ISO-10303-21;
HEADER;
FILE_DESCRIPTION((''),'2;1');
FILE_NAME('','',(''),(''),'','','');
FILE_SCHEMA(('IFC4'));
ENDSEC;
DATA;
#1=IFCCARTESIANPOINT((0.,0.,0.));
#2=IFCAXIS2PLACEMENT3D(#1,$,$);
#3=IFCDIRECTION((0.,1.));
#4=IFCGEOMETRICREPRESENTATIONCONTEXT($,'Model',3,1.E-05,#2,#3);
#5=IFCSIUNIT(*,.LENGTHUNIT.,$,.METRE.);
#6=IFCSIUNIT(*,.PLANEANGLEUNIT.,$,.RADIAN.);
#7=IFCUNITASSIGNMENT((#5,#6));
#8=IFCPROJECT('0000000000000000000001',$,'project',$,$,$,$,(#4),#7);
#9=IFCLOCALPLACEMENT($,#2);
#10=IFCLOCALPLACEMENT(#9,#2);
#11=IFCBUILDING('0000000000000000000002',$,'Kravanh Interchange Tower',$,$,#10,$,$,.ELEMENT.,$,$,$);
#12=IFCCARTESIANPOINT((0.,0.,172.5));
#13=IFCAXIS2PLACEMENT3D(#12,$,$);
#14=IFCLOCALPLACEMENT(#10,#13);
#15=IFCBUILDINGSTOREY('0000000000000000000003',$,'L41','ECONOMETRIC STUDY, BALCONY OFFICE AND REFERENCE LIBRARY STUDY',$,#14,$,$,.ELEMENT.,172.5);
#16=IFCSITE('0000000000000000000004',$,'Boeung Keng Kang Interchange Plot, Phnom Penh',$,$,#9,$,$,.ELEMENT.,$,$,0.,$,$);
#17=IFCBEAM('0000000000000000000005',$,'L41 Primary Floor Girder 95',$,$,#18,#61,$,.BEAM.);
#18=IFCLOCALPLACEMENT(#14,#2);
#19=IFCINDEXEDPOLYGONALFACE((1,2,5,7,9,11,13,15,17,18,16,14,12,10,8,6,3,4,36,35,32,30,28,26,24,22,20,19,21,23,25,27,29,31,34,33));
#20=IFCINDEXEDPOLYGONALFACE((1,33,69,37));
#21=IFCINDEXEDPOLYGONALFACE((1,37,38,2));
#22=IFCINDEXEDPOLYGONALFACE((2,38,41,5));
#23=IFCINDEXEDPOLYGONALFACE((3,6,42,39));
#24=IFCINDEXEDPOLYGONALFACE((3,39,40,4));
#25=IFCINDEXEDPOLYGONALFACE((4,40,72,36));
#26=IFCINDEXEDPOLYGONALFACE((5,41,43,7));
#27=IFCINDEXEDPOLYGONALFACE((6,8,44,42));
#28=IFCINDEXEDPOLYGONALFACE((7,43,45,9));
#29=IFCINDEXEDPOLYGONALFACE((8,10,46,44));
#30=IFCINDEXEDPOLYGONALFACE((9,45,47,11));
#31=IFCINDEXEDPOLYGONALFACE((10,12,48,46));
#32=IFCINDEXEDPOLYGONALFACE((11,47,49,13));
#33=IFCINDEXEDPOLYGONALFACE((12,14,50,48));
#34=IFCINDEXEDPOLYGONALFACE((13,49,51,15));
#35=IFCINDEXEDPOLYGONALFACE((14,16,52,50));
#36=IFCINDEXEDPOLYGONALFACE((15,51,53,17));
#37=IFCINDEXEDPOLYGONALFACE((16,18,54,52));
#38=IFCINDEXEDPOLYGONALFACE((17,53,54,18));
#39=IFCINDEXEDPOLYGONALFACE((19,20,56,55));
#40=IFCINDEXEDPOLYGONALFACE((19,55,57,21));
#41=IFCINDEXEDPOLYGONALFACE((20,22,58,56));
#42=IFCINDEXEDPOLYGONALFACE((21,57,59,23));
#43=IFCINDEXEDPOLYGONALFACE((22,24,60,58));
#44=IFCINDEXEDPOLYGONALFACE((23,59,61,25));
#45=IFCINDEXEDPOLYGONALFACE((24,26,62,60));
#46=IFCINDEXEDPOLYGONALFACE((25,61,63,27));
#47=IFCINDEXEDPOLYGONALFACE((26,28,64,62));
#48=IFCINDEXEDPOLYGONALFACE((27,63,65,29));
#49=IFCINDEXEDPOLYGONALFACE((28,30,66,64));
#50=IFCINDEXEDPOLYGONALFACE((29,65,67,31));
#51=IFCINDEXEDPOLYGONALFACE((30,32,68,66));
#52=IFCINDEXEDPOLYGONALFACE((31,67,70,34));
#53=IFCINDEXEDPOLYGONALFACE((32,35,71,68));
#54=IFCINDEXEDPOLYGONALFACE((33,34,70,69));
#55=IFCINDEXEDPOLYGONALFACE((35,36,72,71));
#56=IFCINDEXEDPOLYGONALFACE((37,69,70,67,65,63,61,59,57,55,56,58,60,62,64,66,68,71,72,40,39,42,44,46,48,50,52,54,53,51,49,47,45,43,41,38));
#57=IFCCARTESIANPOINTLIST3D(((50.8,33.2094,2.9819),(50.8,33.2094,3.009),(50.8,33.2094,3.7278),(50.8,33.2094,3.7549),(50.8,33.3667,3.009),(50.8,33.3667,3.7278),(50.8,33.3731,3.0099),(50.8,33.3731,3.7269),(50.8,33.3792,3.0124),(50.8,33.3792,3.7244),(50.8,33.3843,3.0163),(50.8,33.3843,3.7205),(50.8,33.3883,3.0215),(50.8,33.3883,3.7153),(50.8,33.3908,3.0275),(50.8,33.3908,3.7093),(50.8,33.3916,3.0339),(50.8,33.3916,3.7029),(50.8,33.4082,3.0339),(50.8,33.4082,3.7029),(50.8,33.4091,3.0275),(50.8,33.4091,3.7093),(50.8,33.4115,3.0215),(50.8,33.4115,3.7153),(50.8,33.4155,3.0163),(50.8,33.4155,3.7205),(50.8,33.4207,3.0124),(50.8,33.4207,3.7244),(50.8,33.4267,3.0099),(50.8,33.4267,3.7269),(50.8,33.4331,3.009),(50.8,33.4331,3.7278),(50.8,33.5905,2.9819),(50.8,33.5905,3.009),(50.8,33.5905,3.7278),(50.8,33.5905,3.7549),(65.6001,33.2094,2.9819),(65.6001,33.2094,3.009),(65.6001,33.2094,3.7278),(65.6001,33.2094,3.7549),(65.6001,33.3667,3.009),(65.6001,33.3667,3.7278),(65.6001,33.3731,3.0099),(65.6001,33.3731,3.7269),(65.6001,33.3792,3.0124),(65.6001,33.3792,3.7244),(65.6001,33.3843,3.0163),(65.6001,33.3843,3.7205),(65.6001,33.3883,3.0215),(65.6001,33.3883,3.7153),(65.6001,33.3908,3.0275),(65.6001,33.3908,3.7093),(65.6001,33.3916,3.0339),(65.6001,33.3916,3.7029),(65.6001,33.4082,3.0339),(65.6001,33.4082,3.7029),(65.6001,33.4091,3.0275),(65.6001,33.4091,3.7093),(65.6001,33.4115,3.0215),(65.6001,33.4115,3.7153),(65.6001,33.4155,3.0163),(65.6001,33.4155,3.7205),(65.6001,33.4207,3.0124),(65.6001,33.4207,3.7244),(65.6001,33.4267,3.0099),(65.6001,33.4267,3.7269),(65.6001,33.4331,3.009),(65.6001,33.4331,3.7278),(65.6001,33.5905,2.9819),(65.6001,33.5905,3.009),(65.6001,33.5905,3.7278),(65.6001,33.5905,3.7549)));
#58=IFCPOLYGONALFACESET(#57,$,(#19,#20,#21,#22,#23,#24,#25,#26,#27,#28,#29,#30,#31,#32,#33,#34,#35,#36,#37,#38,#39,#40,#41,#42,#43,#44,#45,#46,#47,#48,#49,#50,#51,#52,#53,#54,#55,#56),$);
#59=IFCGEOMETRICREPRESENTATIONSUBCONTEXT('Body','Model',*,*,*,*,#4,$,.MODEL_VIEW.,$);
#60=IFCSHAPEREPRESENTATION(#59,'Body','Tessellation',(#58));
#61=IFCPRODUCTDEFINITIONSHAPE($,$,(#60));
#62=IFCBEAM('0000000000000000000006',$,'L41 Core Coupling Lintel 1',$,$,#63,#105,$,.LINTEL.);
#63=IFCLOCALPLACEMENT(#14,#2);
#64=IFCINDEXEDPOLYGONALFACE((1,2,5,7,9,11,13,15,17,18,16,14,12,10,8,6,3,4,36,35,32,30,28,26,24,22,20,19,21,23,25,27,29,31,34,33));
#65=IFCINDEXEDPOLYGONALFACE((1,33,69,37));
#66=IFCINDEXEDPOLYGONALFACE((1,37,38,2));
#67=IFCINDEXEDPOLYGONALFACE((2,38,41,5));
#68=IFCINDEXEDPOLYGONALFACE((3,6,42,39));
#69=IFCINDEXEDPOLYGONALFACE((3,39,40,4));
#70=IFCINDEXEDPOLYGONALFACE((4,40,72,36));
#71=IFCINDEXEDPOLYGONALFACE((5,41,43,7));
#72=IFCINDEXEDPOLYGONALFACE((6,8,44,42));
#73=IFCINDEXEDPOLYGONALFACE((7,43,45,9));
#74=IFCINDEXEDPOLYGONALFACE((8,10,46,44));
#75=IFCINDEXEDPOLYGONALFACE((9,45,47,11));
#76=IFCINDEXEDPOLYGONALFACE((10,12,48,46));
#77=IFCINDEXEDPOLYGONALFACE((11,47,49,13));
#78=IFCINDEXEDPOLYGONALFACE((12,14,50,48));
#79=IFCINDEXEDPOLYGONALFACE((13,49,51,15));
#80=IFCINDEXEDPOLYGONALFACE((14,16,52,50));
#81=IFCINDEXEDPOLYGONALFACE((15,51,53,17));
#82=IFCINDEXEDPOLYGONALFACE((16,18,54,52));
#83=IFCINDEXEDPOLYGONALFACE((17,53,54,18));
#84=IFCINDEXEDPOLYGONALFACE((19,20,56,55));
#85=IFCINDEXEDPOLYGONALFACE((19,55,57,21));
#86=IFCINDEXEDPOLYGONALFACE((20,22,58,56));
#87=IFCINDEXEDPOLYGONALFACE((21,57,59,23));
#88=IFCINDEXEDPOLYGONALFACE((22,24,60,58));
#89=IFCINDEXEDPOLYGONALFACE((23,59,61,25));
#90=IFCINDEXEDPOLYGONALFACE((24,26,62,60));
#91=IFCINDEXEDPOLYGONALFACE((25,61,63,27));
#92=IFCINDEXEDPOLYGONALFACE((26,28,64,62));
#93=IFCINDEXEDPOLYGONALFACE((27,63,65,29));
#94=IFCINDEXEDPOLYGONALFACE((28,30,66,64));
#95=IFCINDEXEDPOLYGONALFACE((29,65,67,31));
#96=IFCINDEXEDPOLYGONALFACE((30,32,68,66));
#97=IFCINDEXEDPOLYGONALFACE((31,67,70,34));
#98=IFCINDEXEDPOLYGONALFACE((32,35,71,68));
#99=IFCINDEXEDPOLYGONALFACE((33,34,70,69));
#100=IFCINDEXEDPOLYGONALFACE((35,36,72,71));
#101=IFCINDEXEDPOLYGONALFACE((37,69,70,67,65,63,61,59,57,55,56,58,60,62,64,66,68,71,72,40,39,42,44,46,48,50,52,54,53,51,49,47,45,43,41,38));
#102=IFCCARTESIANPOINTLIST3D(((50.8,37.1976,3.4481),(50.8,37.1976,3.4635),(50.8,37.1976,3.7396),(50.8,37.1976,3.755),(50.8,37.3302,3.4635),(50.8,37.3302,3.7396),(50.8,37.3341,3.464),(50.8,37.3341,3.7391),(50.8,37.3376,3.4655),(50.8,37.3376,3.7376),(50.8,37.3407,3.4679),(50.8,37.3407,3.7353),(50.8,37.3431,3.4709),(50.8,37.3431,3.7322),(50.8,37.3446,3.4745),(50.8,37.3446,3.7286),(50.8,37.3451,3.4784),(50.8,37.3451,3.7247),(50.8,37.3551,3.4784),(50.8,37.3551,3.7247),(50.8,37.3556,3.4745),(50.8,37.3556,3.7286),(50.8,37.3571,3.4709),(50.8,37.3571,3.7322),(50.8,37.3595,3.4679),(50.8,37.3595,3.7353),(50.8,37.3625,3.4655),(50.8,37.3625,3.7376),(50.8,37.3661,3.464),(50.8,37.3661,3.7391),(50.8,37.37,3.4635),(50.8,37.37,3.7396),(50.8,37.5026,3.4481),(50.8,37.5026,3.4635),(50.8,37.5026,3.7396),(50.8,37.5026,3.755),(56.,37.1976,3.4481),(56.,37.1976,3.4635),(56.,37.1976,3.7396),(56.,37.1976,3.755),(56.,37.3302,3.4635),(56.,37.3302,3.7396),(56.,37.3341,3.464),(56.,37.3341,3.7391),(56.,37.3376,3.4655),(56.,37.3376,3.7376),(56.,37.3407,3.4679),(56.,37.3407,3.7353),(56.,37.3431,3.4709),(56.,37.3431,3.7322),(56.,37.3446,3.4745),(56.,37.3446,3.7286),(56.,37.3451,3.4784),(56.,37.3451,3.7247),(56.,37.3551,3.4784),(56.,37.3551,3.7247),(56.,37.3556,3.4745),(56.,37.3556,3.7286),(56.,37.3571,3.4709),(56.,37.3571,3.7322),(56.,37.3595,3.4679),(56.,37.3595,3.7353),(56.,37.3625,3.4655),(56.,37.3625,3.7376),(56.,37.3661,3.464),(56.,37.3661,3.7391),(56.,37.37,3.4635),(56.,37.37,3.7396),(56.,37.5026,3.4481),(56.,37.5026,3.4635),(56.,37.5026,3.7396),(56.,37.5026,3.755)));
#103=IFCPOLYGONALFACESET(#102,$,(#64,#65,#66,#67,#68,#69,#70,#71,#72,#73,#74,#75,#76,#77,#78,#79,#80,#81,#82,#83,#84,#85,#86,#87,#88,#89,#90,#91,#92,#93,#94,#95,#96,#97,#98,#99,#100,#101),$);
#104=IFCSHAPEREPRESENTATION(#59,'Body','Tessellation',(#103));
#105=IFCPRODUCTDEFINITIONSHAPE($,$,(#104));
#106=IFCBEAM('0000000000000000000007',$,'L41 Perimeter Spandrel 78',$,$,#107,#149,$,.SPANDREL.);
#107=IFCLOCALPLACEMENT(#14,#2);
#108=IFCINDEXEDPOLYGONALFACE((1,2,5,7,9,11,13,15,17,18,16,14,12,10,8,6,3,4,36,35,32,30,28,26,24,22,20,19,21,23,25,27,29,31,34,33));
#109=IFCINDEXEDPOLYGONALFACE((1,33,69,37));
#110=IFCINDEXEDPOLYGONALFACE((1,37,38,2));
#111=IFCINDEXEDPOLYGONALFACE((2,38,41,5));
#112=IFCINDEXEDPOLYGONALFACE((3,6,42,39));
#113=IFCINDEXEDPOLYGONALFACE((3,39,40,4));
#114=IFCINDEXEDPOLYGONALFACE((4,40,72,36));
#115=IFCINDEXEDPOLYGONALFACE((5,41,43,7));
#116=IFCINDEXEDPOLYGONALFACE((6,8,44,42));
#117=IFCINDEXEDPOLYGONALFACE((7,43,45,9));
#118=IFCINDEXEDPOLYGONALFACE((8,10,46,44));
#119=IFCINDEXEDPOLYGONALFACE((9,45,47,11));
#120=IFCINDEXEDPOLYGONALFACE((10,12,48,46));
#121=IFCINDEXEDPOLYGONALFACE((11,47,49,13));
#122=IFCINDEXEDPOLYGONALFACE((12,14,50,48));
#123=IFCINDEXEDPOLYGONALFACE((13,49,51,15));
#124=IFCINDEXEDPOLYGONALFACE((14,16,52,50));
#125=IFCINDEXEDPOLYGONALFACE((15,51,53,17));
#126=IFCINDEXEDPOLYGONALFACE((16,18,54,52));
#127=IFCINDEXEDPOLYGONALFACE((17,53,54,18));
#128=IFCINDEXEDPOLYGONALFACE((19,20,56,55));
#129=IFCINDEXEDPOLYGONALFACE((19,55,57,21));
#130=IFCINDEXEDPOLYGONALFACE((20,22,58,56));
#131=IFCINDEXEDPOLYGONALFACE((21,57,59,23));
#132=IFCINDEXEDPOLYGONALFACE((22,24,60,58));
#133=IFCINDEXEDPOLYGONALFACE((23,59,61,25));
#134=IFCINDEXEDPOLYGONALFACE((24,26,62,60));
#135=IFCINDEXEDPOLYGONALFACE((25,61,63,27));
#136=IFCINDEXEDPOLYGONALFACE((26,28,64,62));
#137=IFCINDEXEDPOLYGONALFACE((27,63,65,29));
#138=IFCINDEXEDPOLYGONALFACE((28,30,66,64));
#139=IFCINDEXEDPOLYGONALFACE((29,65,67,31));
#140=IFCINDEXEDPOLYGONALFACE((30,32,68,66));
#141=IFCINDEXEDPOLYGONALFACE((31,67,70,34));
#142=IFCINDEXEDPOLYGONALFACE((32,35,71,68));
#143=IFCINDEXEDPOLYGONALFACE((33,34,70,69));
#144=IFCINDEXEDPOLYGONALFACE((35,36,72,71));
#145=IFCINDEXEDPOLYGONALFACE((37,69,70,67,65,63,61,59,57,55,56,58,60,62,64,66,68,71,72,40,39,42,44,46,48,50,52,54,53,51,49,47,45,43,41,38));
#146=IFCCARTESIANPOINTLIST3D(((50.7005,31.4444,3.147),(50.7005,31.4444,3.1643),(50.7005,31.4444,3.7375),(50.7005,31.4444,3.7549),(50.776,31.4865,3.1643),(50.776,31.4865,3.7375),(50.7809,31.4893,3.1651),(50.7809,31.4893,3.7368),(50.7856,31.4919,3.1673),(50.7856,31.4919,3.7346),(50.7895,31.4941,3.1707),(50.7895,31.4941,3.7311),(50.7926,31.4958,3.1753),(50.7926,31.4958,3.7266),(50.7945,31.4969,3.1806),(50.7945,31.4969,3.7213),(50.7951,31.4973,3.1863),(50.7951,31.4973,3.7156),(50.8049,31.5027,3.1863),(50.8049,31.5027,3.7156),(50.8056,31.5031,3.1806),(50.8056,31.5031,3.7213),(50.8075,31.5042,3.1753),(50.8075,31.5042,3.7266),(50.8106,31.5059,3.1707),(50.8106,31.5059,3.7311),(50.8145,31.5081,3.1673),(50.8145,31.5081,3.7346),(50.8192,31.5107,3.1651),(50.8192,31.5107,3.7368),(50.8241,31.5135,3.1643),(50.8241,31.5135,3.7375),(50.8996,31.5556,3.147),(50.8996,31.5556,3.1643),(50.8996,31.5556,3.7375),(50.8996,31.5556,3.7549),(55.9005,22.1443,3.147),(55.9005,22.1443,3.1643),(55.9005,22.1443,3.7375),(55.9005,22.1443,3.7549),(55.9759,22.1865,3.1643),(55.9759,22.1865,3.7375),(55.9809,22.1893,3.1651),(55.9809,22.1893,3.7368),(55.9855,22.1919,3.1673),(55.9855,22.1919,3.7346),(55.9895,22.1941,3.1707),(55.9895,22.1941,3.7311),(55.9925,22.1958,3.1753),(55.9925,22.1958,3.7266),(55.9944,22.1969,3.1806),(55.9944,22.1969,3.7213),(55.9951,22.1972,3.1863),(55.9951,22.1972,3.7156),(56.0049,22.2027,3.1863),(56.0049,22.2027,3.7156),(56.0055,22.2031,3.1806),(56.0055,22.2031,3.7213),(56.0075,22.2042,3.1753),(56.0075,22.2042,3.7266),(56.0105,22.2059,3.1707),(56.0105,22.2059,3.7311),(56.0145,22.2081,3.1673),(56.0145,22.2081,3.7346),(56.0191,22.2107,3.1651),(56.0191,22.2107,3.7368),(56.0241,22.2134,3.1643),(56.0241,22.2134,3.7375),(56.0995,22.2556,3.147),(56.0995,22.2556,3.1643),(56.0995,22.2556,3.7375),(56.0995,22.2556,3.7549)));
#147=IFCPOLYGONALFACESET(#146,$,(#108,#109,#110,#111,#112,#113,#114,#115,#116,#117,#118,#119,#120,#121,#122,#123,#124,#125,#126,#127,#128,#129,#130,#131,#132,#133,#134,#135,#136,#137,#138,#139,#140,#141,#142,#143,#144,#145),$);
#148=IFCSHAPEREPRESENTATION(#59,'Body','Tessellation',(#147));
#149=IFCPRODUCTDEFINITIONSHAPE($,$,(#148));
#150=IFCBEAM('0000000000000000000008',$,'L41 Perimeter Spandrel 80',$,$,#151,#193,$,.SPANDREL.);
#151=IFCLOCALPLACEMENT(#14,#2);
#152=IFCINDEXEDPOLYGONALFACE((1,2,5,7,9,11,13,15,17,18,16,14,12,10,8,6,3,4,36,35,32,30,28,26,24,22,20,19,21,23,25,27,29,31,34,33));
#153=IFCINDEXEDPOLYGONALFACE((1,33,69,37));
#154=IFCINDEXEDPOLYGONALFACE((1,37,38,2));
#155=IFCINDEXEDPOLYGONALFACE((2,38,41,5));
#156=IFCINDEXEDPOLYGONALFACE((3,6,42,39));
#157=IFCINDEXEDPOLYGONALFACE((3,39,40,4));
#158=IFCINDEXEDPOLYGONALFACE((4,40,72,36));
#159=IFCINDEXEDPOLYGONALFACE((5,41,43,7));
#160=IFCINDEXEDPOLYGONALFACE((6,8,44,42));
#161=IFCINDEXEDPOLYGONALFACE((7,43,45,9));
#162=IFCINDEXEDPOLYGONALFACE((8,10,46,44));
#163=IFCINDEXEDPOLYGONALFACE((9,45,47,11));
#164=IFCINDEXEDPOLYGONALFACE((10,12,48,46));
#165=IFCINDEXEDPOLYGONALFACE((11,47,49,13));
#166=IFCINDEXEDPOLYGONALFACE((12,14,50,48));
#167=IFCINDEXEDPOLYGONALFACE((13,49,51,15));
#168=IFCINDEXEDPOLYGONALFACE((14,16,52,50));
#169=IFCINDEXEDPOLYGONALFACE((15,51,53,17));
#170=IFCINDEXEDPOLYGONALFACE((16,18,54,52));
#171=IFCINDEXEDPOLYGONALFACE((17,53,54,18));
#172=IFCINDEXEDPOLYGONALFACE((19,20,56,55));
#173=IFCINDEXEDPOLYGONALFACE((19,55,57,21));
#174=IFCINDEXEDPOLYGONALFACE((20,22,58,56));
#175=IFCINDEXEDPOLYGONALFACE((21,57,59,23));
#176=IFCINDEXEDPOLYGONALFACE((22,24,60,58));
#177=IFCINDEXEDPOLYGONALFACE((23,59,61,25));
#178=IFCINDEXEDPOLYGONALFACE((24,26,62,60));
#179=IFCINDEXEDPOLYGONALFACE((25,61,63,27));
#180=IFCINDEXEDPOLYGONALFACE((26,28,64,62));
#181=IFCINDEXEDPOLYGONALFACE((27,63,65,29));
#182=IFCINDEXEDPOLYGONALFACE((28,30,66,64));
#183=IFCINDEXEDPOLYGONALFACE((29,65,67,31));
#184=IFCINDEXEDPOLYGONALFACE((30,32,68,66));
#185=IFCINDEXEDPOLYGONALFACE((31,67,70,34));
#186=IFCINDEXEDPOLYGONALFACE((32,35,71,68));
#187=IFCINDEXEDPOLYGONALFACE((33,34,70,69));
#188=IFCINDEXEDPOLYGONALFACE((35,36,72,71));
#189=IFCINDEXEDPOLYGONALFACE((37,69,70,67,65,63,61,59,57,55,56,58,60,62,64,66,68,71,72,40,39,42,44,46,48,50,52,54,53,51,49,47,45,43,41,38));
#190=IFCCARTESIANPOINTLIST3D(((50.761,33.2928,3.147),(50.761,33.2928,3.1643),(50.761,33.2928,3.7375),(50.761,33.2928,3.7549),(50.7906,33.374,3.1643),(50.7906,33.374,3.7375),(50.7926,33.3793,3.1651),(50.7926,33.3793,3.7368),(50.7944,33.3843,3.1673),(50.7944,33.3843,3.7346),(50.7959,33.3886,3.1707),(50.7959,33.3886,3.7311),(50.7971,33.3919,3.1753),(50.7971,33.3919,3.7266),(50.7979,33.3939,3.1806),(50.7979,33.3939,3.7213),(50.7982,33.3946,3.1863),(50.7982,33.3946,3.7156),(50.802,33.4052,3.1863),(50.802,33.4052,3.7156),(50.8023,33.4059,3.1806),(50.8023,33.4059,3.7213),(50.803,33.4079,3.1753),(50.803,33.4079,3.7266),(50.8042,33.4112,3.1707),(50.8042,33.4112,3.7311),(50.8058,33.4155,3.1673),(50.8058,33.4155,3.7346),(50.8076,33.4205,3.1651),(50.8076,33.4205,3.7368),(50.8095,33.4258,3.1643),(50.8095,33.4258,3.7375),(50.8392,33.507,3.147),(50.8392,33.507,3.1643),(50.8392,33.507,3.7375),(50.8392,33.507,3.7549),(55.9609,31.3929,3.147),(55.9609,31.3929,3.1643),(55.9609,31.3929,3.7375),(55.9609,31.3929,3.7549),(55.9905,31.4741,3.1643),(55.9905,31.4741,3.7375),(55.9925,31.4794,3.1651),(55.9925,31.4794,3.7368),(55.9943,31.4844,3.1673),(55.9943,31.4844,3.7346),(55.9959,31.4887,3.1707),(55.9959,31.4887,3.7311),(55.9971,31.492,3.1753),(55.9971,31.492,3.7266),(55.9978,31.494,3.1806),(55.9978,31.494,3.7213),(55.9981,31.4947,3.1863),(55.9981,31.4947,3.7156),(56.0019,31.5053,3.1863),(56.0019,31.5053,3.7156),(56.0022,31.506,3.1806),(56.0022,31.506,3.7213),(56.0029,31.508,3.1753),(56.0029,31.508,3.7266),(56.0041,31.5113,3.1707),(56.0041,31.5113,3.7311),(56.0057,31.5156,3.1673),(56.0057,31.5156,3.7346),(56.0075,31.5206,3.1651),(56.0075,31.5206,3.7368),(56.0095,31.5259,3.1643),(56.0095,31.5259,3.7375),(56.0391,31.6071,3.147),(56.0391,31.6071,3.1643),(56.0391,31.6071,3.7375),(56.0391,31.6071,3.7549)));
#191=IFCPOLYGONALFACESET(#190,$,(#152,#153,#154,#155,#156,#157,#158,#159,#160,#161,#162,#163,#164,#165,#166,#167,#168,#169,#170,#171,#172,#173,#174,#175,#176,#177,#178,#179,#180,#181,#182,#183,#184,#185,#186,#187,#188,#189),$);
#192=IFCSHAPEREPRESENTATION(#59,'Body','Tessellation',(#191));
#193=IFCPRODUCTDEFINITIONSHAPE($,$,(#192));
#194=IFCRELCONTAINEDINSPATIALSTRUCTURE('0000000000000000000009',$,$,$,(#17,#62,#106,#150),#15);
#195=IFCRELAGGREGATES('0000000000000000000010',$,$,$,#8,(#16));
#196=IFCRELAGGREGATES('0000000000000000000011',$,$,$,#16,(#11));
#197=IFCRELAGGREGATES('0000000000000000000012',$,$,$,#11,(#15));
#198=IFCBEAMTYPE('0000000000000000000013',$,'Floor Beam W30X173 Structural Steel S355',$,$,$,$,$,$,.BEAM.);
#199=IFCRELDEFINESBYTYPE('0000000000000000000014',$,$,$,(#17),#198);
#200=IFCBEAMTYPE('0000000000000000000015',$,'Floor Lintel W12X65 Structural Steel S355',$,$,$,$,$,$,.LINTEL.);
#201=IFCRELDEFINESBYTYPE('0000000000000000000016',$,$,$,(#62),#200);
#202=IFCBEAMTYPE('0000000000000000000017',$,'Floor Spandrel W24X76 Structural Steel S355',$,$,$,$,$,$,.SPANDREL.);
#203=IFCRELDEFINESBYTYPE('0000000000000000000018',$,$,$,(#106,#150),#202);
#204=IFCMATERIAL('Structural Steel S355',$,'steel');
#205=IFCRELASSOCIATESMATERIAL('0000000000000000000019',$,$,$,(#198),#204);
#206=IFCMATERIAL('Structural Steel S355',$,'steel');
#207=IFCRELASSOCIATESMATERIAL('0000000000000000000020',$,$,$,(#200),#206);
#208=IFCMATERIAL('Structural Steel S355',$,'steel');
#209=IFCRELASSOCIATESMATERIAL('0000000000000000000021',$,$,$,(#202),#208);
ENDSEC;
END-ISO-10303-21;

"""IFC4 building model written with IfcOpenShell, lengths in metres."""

from ifc_helpers import new_model, si_unit, direction, frame, origin, origin_2d, place, context, subcontext, project, spatial, i_section, extrude, material, material_profile, profile_set, type_object, element, save


model = new_model("IFC4")

# Units and contexts
model_context = context("Model", 3, precision=1e-05, world=origin(), true_north=direction((0.0, 1.0)))
body_context = subcontext(model_context, "Body", "Model", "MODEL_VIEW")
ifc_project = project(units=[si_unit("LENGTHUNIT", "METRE"), si_unit("PLANEANGLEUNIT", "RADIAN")], contexts=[model_context])

# Site, building, storey
site_placement = place(None, origin())
site = spatial("IfcSite", under=ifc_project, at=site_placement, Name="Boeung Keng Kang Interchange Plot, Phnom Penh", CompositionType="ELEMENT", RefElevation=0.0)
building_placement = place(site_placement, origin())
building = spatial("IfcBuilding", under=site, at=building_placement, Name="Kravanh Interchange Tower", CompositionType="ELEMENT")
storey_placement = place(building_placement, frame((0.0, 0.0, 172.5)))
storey = spatial("IfcBuildingStorey", under=building, at=storey_placement, Name="L41", Description="ECONOMETRIC STUDY, BALCONY OFFICE AND REFERENCE LIBRARY STUDY", CompositionType="ELEMENT", Elevation=172.5)

# Beams
ifc_material_1 = material(Name="Structural Steel S355", Category="steel")
ifc_material_profile_1 = material_profile(ifc_material_1, i_section(OverallWidth=0.3811, OverallDepth=0.7729, WebThickness=0.0166, FlangeThickness=0.0271, FilletRadius=0.0249, at=origin_2d()), Name="W30X173")
ifc_profile_set_1 = profile_set([ifc_material_profile_1], Name="Structural Steel S355")
beam_type_1 = type_object("IfcBeamType", Name="Floor Beam W30X173 Structural Steel S355", PredefinedType="BEAM", material=ifc_profile_set_1)
beam_1_placement = place(storey_placement, frame((50.8, 33.3999, 3.3684), z_axis=(1.0, 0.0, 0.0), x_axis=(0.0, 1.0, 0.0)))
element("IfcBeam", 1, at=beam_1_placement, inside=storey, type_object=beam_type_1, Name="L41 Primary Floor Girder 95", PredefinedType="BEAM", context=body_context, shape_type="SweptSolid", body=[
    extrude(i_section(OverallWidth=0.3811, OverallDepth=0.7729, WebThickness=0.0166, FlangeThickness=0.0271, FilletRadius=0.0249, at=origin_2d()), origin(), (0.0, 0.0, 1.0), 14.8),
])
ifc_material_2 = material(Name="Structural Steel S355", Category="steel")
ifc_material_profile_2 = material_profile(ifc_material_2, i_section(OverallWidth=0.3049, OverallDepth=0.3069, WebThickness=0.01, FlangeThickness=0.0154, FilletRadius=0.0149, at=origin_2d()), Name="W12X65")
ifc_profile_set_2 = profile_set([ifc_material_profile_2], Name="Structural Steel S355")
beam_type_2 = type_object("IfcBeamType", Name="Floor Lintel W12X65 Structural Steel S355", PredefinedType="LINTEL", material=ifc_profile_set_2)
beam_2_placement = place(storey_placement, frame((50.8, 37.3501, 3.6016), z_axis=(1.0, 0.0, 0.0), x_axis=(0.0, 1.0, 0.0)))
element("IfcBeam", 2, at=beam_2_placement, inside=storey, type_object=beam_type_2, Name="L41 Core Coupling Lintel 1", PredefinedType="LINTEL", context=body_context, shape_type="SweptSolid", body=[
    extrude(i_section(OverallWidth=0.3049, OverallDepth=0.3069, WebThickness=0.01, FlangeThickness=0.0154, FilletRadius=0.0149, at=origin_2d()), origin(), (0.0, 0.0, 1.0), 5.2),
])
ifc_material_3 = material(Name="Structural Steel S355", Category="steel")
ifc_material_profile_3 = material_profile(ifc_material_3, i_section(OverallWidth=0.228, OverallDepth=0.6079, WebThickness=0.0112, FlangeThickness=0.0173, FilletRadius=0.022, at=origin_2d()), Name="W24X76")
ifc_profile_set_3 = profile_set([ifc_material_profile_3], Name="Structural Steel S355")
beam_type_3 = type_object("IfcBeamType", Name="Floor Spandrel W24X76 Structural Steel S355", PredefinedType="SPANDREL", material=ifc_profile_set_3)
beam_3_placement = place(storey_placement, frame((50.8, 31.5, 3.4509), z_axis=(0.488026, -0.872829, 0.0), x_axis=(0.872829, 0.488026, 0.0)))
element("IfcBeam", 3, at=beam_3_placement, inside=storey, type_object=beam_type_3, Name="L41 Perimeter Spandrel 78", PredefinedType="SPANDREL", context=body_context, shape_type="SweptSolid", body=[
    extrude(i_section(OverallWidth=0.228, OverallDepth=0.6079, WebThickness=0.0112, FlangeThickness=0.0173, FilletRadius=0.022, at=origin_2d()), origin(), (0.0, 0.0, 1.0), 10.655),
])
beam_4_placement = place(storey_placement, frame((56.0, 31.5, 3.4509), z_axis=(-0.93927, 0.34318, 0.0), x_axis=(-0.34318, -0.93927, 0.0)))
element("IfcBeam", 4, at=beam_4_placement, inside=storey, type_object=beam_type_3, Name="L41 Perimeter Spandrel 80", PredefinedType="SPANDREL", context=body_context, shape_type="SweptSolid", body=[
    extrude(i_section(OverallWidth=0.228, OverallDepth=0.6079, WebThickness=0.0112, FlangeThickness=0.0173, FilletRadius=0.022, at=origin_2d()), origin(), (0.0, 0.0, 1.0), 5.5361),
])

save(model, "model.ifc")
